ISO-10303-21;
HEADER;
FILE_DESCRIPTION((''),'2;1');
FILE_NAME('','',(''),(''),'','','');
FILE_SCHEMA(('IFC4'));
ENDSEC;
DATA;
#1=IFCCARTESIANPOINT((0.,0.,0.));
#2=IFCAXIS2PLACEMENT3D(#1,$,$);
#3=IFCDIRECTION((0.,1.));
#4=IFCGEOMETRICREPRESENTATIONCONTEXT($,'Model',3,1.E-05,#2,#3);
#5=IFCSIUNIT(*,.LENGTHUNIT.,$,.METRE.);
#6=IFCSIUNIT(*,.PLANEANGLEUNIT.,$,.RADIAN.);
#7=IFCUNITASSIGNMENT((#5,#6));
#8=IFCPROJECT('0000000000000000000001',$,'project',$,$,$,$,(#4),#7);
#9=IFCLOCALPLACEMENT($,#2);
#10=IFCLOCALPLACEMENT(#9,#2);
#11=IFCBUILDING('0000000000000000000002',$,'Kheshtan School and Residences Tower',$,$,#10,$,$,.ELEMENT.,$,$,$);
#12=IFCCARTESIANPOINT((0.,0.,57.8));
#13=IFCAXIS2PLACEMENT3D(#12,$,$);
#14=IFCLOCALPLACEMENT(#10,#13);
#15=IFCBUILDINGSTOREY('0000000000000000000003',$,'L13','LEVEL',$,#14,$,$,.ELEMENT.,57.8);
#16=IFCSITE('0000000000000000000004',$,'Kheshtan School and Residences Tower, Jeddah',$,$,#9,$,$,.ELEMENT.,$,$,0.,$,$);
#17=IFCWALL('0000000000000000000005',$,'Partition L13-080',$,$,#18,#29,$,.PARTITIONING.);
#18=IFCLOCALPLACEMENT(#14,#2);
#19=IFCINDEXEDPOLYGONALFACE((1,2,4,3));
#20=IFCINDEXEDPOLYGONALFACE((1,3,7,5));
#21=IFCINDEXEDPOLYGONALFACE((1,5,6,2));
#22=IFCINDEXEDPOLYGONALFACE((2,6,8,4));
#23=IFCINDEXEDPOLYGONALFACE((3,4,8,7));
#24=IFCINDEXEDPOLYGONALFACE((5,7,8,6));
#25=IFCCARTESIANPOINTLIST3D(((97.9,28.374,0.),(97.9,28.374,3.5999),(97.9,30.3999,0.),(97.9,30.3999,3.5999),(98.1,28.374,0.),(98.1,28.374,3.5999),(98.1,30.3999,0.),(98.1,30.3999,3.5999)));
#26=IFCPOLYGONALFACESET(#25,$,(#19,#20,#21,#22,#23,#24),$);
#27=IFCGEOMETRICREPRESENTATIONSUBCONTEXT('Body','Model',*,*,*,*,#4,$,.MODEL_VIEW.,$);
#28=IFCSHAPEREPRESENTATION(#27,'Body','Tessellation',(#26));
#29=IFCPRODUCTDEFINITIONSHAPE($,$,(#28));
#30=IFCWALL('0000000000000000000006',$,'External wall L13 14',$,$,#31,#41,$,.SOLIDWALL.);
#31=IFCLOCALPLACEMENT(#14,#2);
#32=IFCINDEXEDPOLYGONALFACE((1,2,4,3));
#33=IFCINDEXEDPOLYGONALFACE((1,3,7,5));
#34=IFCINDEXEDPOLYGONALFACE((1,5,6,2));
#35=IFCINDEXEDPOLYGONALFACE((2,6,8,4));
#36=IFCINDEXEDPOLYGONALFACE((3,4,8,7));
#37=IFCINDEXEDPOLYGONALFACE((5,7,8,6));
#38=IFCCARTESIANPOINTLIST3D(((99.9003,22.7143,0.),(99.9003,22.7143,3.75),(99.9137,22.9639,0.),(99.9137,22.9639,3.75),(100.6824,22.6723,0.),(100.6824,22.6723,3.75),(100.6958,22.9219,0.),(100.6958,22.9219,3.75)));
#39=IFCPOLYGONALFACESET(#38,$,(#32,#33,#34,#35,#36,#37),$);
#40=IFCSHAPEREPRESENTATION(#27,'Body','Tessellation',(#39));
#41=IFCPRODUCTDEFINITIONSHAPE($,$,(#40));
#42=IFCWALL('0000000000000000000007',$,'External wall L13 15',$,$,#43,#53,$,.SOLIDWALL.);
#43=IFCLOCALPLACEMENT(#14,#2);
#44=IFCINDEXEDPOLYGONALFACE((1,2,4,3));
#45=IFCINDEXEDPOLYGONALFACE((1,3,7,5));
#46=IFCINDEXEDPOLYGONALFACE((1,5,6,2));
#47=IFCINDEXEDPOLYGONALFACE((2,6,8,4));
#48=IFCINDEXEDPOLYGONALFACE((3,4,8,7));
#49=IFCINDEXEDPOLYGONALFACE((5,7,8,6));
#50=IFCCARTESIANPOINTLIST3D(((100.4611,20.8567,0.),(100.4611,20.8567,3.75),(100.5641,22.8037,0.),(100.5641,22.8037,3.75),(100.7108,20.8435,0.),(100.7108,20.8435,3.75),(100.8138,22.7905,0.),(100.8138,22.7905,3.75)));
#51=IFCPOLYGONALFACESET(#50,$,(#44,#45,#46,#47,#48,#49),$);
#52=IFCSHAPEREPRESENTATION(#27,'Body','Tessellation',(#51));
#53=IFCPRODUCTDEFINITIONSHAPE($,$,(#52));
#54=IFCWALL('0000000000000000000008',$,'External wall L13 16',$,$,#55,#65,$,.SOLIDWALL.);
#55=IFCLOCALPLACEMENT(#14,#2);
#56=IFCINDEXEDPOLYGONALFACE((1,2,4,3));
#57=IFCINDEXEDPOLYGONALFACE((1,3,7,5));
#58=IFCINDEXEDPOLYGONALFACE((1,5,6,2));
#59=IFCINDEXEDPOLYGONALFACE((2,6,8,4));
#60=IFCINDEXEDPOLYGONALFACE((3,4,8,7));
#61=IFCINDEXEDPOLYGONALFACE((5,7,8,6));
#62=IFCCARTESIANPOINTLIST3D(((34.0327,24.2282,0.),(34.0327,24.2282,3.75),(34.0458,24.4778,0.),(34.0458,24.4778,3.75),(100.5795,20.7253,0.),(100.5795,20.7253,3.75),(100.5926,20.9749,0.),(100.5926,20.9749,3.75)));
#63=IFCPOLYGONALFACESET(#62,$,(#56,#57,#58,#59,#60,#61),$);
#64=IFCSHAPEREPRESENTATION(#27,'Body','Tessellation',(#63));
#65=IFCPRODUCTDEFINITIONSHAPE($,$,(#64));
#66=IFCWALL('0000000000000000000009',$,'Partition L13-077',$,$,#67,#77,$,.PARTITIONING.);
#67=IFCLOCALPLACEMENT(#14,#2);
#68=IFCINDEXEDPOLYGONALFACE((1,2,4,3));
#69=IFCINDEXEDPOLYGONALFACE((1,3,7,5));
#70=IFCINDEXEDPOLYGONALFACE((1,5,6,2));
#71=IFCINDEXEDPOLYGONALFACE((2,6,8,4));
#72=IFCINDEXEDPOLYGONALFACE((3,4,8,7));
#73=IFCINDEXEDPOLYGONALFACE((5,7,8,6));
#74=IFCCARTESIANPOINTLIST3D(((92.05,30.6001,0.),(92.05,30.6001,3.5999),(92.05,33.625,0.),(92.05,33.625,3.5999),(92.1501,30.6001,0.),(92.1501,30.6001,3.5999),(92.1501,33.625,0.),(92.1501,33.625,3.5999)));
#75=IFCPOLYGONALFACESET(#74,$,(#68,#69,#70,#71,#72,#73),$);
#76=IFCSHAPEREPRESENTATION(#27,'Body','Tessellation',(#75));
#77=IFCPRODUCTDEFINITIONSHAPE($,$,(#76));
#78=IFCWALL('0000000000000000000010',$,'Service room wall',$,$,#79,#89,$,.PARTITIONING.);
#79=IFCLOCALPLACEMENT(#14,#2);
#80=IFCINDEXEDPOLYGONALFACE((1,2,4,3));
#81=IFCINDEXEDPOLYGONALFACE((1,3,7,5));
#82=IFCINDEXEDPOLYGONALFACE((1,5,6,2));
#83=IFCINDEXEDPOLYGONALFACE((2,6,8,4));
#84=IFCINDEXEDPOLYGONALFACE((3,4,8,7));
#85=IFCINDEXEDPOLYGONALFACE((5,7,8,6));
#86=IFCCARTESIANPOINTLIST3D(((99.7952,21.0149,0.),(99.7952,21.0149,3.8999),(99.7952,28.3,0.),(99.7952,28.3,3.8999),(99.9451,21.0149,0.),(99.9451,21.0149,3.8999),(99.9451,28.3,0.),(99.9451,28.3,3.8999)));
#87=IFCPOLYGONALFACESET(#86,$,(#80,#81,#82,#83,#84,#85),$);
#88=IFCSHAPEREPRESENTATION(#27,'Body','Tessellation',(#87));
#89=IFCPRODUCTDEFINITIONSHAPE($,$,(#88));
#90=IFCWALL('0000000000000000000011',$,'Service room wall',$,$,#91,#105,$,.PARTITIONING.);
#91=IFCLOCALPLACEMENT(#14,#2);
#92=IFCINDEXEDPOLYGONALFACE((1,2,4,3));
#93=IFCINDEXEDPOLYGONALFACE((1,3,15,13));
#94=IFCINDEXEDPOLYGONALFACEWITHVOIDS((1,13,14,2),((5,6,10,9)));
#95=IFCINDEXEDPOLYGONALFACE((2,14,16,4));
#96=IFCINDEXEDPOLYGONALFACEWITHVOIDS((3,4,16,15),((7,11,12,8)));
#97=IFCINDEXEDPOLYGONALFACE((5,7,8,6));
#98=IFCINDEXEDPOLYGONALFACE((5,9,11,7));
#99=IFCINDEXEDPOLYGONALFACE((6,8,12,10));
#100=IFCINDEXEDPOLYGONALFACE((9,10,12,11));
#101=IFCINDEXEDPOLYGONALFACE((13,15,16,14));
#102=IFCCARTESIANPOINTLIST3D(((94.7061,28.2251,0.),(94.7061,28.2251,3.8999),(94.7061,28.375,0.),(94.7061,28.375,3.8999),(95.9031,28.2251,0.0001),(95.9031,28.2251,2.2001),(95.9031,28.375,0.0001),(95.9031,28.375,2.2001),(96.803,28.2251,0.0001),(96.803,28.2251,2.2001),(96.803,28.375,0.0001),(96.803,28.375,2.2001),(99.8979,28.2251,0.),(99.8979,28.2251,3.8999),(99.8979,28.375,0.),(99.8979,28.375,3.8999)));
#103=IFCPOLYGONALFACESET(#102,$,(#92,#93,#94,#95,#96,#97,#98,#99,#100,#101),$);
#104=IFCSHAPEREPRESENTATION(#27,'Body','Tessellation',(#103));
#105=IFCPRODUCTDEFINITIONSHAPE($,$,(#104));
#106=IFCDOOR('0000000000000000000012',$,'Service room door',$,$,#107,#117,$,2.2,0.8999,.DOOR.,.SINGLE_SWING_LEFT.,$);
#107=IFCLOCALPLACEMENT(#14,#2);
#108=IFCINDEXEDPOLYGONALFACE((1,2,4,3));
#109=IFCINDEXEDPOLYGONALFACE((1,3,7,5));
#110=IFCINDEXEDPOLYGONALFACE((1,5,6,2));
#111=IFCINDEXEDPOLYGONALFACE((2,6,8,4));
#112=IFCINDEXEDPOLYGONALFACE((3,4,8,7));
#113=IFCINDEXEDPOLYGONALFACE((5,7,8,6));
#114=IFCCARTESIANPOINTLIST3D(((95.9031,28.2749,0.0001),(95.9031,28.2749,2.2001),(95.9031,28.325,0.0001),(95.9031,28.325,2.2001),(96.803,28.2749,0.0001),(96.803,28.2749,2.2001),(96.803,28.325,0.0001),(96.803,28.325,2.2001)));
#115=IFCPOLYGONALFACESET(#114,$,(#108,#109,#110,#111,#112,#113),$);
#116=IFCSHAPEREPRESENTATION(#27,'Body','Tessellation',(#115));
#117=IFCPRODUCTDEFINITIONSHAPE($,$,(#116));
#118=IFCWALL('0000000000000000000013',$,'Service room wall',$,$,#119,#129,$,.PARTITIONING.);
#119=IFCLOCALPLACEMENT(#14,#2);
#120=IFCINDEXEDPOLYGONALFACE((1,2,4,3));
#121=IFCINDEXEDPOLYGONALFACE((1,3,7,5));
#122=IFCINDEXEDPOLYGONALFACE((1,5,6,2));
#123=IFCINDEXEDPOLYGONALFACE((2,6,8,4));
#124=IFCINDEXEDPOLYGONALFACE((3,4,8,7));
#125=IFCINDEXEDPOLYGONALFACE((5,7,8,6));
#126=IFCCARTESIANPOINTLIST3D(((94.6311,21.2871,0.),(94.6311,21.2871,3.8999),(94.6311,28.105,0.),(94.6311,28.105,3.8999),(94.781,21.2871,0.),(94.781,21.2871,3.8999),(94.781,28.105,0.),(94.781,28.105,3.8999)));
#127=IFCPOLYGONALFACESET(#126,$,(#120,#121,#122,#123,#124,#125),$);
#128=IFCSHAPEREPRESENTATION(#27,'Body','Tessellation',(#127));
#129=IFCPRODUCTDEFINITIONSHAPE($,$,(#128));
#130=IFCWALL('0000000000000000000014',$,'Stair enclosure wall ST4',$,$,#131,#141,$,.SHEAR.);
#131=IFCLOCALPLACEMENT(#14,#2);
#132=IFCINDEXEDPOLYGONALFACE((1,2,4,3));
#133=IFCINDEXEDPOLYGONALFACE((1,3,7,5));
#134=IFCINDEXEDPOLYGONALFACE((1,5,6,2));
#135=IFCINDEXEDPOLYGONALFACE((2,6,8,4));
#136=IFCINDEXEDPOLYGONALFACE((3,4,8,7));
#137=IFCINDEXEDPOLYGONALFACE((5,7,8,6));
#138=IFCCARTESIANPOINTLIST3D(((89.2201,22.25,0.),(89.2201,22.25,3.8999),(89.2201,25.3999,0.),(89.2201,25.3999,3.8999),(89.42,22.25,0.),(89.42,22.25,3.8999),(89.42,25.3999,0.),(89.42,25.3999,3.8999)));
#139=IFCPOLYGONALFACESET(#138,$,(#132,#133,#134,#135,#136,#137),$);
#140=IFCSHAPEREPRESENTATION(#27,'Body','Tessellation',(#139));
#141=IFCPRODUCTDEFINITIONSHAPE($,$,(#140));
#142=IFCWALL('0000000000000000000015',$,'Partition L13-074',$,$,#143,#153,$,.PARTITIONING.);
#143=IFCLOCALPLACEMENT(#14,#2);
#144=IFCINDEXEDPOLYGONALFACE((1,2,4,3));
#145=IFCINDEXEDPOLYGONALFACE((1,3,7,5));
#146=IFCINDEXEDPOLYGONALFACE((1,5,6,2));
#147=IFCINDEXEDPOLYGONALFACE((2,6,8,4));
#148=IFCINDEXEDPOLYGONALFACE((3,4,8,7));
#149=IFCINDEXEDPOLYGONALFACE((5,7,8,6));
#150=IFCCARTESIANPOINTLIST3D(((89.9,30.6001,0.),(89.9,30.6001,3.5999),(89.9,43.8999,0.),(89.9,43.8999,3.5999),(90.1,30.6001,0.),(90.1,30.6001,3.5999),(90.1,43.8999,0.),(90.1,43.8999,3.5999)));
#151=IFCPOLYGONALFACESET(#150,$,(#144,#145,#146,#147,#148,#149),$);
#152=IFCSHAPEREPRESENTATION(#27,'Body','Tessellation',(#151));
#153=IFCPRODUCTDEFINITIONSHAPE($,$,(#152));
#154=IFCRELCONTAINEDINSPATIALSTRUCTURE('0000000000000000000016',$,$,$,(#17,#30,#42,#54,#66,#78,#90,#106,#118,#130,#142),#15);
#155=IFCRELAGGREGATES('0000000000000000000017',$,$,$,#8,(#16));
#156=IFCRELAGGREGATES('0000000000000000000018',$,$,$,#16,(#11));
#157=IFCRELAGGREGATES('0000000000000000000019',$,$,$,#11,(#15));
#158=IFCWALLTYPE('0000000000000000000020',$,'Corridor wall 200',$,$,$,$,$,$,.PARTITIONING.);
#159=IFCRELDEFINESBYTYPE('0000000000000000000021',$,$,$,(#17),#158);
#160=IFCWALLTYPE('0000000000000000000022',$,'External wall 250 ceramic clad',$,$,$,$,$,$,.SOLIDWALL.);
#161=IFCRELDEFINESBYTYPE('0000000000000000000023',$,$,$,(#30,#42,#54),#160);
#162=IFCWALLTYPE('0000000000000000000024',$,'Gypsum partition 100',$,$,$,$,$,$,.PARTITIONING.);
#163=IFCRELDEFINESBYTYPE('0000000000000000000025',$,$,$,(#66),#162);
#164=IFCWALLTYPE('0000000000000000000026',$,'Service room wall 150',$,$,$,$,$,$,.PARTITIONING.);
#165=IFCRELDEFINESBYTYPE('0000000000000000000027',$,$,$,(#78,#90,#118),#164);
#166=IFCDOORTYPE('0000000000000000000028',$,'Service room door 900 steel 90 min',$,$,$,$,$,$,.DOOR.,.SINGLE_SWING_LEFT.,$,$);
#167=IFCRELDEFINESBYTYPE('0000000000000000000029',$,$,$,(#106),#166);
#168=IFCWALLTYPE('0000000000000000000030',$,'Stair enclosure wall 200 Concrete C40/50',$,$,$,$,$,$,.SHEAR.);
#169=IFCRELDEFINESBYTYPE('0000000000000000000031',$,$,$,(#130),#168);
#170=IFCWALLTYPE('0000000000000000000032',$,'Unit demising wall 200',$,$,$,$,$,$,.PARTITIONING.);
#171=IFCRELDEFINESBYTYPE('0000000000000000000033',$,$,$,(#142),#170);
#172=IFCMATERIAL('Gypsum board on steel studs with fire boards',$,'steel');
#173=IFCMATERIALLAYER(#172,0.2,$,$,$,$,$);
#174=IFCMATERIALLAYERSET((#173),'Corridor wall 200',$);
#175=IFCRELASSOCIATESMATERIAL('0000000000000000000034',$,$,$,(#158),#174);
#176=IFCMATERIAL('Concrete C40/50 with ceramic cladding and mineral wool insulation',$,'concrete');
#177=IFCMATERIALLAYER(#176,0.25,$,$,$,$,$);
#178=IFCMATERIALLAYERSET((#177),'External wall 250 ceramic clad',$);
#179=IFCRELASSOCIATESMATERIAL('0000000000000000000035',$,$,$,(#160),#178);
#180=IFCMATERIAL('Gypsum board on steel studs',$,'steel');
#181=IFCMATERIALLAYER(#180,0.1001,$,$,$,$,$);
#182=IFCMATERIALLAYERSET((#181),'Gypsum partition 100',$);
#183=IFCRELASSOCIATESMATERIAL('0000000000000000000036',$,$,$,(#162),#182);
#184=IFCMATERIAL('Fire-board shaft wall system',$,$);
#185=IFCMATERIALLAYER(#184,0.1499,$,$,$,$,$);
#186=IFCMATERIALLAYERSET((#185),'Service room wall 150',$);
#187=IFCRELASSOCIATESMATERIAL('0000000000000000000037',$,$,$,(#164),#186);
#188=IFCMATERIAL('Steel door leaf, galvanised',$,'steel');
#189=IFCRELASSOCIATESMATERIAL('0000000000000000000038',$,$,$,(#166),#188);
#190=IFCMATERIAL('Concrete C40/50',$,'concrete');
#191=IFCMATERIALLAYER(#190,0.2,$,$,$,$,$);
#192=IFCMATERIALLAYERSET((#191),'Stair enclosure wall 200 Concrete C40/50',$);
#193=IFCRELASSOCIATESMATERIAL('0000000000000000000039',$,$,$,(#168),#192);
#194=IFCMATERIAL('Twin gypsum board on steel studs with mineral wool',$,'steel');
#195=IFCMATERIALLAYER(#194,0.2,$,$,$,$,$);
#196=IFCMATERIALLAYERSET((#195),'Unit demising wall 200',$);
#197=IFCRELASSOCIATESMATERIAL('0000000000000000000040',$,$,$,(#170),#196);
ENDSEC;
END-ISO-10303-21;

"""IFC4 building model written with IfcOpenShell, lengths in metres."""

from ifc_helpers import new_model, si_unit, direction, frame, frame_2d, origin, place, context, subcontext, project, spatial, rectangle, extrude, source, transform, mapped, material, layer, layer_set, type_object, element, fill, save


model = new_model("IFC4")

# Units and contexts
model_context = context("Model", 3, precision=1e-05, world=origin(), true_north=direction((0.0, 1.0)))
body_context = subcontext(model_context, "Body", "Model", "MODEL_VIEW")
ifc_project = project(units=[si_unit("LENGTHUNIT", "METRE"), si_unit("PLANEANGLEUNIT", "RADIAN")], contexts=[model_context])

# Site, building, storey
site_placement = place(None, origin())
site = spatial("IfcSite", under=ifc_project, at=site_placement, Name="Kheshtan School and Residences Tower, Jeddah", CompositionType="ELEMENT", RefElevation=0.0)
building_placement = place(site_placement, origin())
building = spatial("IfcBuilding", under=site, at=building_placement, Name="Kheshtan School and Residences Tower", CompositionType="ELEMENT")
storey_placement = place(building_placement, frame((0.0, 0.0, 57.8)))
storey = spatial("IfcBuildingStorey", under=building, at=storey_placement, Name="L13", Description="LEVEL", CompositionType="ELEMENT", Elevation=57.8)

# Walls
ifc_material_1 = material(Name="Gypsum board on steel studs with fire boards", Category="steel")
ifc_layer_1 = layer(ifc_material_1, 0.2)
ifc_layer_set_1 = layer_set([ifc_layer_1], Name="Corridor wall 200")
wall_type_1 = type_object("IfcWallType", Name="Corridor wall 200", PredefinedType="PARTITIONING", material=ifc_layer_set_1)
wall_1_placement = place(storey_placement, frame((98.0, 28.374, 0.0), z_axis=(0.0, 0.0, 1.0), x_axis=(0.0, 1.0, 0.0)))
element("IfcWall", 1, at=wall_1_placement, inside=storey, type_object=wall_type_1, Name="Partition L13-080", PredefinedType="PARTITIONING", context=body_context, shape_type="SweptSolid", body=[
    extrude(rectangle(XDim=2.0259, YDim=0.2, at=frame_2d((1.0129, 0.0))), origin(), (0.0, 0.0, 1.0), 3.5999),
])
ifc_material_2 = material(Name="Concrete C40/50 with ceramic cladding and mineral wool insulation", Category="concrete")
ifc_layer_2 = layer(ifc_material_2, 0.25)
ifc_layer_set_2 = layer_set([ifc_layer_2], Name="External wall 250 ceramic clad")
wall_type_2 = type_object("IfcWallType", Name="External wall 250 ceramic clad", PredefinedType="SOLIDWALL", material=ifc_layer_set_2)
wall_2_placement = place(storey_placement, frame((99.907, 22.8391, 0.0), z_axis=(0.0, 0.0, 1.0), x_axis=(0.998561, -0.053622, 0.0)))
element("IfcWall", 2, at=wall_2_placement, inside=storey, type_object=wall_type_2, Name="External wall L13 14", PredefinedType="SOLIDWALL", context=body_context, shape_type="SweptSolid", body=[
    extrude(rectangle(XDim=0.7832, YDim=0.25, at=frame_2d((0.3916, 0.0))), origin(), (0.0, 0.0, 1.0), 3.75),
])
wall_3_placement = place(storey_placement, frame((100.689, 22.7971, 0.0), z_axis=(0.0, 0.0, 1.0), x_axis=(-0.052841, -0.998603, 0.0)))
element("IfcWall", 3, at=wall_3_placement, inside=storey, type_object=wall_type_2, Name="External wall L13 15", PredefinedType="SOLIDWALL", context=body_context, shape_type="SweptSolid", body=[
    extrude(rectangle(XDim=1.9497, YDim=0.25, at=frame_2d((0.9749, 0.0))), origin(), (0.0, 0.0, 1.0), 3.75),
])
wall_4_placement = place(storey_placement, frame((100.5859, 20.8501, 0.0), z_axis=(0.0, 0.0, 1.0), x_axis=(-0.998617, 0.052566, 0.0)))
element("IfcWall", 4, at=wall_4_placement, inside=storey, type_object=wall_type_2, Name="External wall L13 16", PredefinedType="SOLIDWALL", context=body_context, shape_type="SweptSolid", body=[
    extrude(rectangle(XDim=66.6389, YDim=0.25, at=frame_2d((33.3193, 0.0))), origin(), (0.0, 0.0, 1.0), 3.75),
])

# Walls
ifc_material_3 = material(Name="Gypsum board on steel studs", Category="steel")
ifc_layer_3 = layer(ifc_material_3, 0.1001)
ifc_layer_set_3 = layer_set([ifc_layer_3], Name="Gypsum partition 100")
wall_type_3 = type_object("IfcWallType", Name="Gypsum partition 100", PredefinedType="PARTITIONING", material=ifc_layer_set_3)
wall_5_placement = place(storey_placement, frame((92.1001, 30.6001, 0.0), z_axis=(0.0, 0.0, 1.0), x_axis=(0.0, 1.0, 0.0)))
element("IfcWall", 5, at=wall_5_placement, inside=storey, type_object=wall_type_3, Name="Partition L13-077", PredefinedType="PARTITIONING", context=body_context, shape_type="SweptSolid", body=[
    extrude(rectangle(XDim=3.0249, YDim=0.1001, at=frame_2d((1.5125, 0.0))), origin(), (0.0, 0.0, 1.0), 3.5999),
])
ifc_material_4 = material(Name="Fire-board shaft wall system")
ifc_layer_4 = layer(ifc_material_4, 0.1499)
ifc_layer_set_4 = layer_set([ifc_layer_4], Name="Service room wall 150")
wall_type_4 = type_object("IfcWallType", Name="Service room wall 150", PredefinedType="PARTITIONING", material=ifc_layer_set_4)
wall_6_placement = place(storey_placement, frame((99.8701, 21.0149, 0.0), z_axis=(0.0, 0.0, 1.0), x_axis=(0.0, 1.0, 0.0)))
element("IfcWall", 6, at=wall_6_placement, inside=storey, type_object=wall_type_4, Name="Service room wall", PredefinedType="PARTITIONING", context=body_context, shape_type="SweptSolid", body=[
    extrude(rectangle(XDim=7.2852, YDim=0.1499, at=frame_2d((3.6426, 0.0))), origin(), (0.0, 0.0, 1.0), 3.8999),
])

# Wall, opening, door
wall_7_placement = place(storey_placement, frame((94.7061, 28.3, 0.0), z_axis=(0.0, 0.0, 1.0), x_axis=(1.0, 0.0, 0.0)))
wall_7 = element("IfcWall", 7, at=wall_7_placement, inside=storey, type_object=wall_type_4, Name="Service room wall", PredefinedType="PARTITIONING", context=body_context, shape_type="SweptSolid", body=[
    extrude(rectangle(XDim=5.1919, YDim=0.1499, at=frame_2d((2.5959, 0.0))), origin(), (0.0, 0.0, 1.0), 3.8999),
])
opening_1_placement = place(wall_7_placement, frame((1.197, 0.0, 0.0)))
opening_1 = element("IfcOpeningElement", 8, at=opening_1_placement, cuts=wall_7, PredefinedType="OPENING", context=body_context, shape_type="SweptSolid", body=[
    extrude(rectangle(XDim=0.8999, YDim=2.2, at=frame_2d((0.45, 1.1001))), frame((0.0, 0.085, 0.0), z_axis=(0.0, -1.0, 0.0), x_axis=(1.0, 0.0, 0.0)), (0.0, 0.0, 1.0), 0.1699),
])
ifc_material_5 = material(Name="Steel door leaf, galvanised", Category="steel")
door_type_1 = type_object("IfcDoorType", Name="Service room door 900 steel 90 min", OperationType="SINGLE_SWING_LEFT", PredefinedType="DOOR", material=ifc_material_5)
shared_shape_1 = source(origin(), body_context, "Body", "SweptSolid", [
    extrude(rectangle(XDim=0.8999, YDim=2.2, at=frame_2d((0.45, 1.1001))), frame((0.0, 0.0249, 0.0), z_axis=(0.0, -1.0, 0.0), x_axis=(1.0, 0.0, 0.0)), (0.0, 0.0, 1.0), 0.05),
])
door_1_placement = place(opening_1_placement, origin())
door_1 = element("IfcDoor", 9, at=door_1_placement, inside=storey, type_object=door_type_1, Name="Service room door", OperationType="SINGLE_SWING_LEFT", OverallHeight=2.2, OverallWidth=0.8999, PredefinedType="DOOR", context=body_context, shape_type="MappedRepresentation", body=[
    mapped(shared_shape_1, transform((0.0, 0.0, 0.0), x_axis=(1.0, 0.0, 0.0), y_axis=(0.0, 1.0, 0.0), z_axis=(0.0, 0.0, 1.0), scale=1.0)),
])
fill(opening_1, door_1)

# Walls
wall_8_placement = place(storey_placement, frame((94.7061, 21.2871, 0.0), z_axis=(0.0, 0.0, 1.0), x_axis=(0.0, 1.0, 0.0)))
element("IfcWall", 10, at=wall_8_placement, inside=storey, type_object=wall_type_4, Name="Service room wall", PredefinedType="PARTITIONING", context=body_context, shape_type="SweptSolid", body=[
    extrude(rectangle(XDim=6.8179, YDim=0.1499, at=frame_2d((3.4089, 0.0))), origin(), (0.0, 0.0, 1.0), 3.8999),
])
ifc_material_6 = material(Name="Concrete C40/50", Category="concrete")
ifc_layer_5 = layer(ifc_material_6, 0.2)
ifc_layer_set_5 = layer_set([ifc_layer_5], Name="Stair enclosure wall 200 Concrete C40/50")
wall_type_5 = type_object("IfcWallType", Name="Stair enclosure wall 200 Concrete C40/50", PredefinedType="SHEAR", material=ifc_layer_set_5)
wall_9_placement = place(storey_placement, frame((89.3201, 22.25, 0.0), z_axis=(0.0, 0.0, 1.0), x_axis=(0.0, 1.0, 0.0)))
element("IfcWall", 11, at=wall_9_placement, inside=storey, type_object=wall_type_5, Name="Stair enclosure wall ST4", PredefinedType="SHEAR", context=body_context, shape_type="SweptSolid", body=[
    extrude(rectangle(XDim=3.1499, YDim=0.2, at=frame_2d((1.575, 0.0))), origin(), (0.0, 0.0, 1.0), 3.8999),
])
ifc_material_7 = material(Name="Twin gypsum board on steel studs with mineral wool", Category="steel")
ifc_layer_6 = layer(ifc_material_7, 0.2)
ifc_layer_set_6 = layer_set([ifc_layer_6], Name="Unit demising wall 200")
wall_type_6 = type_object("IfcWallType", Name="Unit demising wall 200", PredefinedType="PARTITIONING", material=ifc_layer_set_6)
wall_10_placement = place(storey_placement, frame((90.0, 30.6001, 0.0), z_axis=(0.0, 0.0, 1.0), x_axis=(0.0, 1.0, 0.0)))
element("IfcWall", 12, at=wall_10_placement, inside=storey, type_object=wall_type_6, Name="Partition L13-074", PredefinedType="PARTITIONING", context=body_context, shape_type="SweptSolid", body=[
    extrude(rectangle(XDim=13.2998, YDim=0.2, at=frame_2d((6.6499, 0.0))), origin(), (0.0, 0.0, 1.0), 3.5999),
])

save(model, "model.ifc")
